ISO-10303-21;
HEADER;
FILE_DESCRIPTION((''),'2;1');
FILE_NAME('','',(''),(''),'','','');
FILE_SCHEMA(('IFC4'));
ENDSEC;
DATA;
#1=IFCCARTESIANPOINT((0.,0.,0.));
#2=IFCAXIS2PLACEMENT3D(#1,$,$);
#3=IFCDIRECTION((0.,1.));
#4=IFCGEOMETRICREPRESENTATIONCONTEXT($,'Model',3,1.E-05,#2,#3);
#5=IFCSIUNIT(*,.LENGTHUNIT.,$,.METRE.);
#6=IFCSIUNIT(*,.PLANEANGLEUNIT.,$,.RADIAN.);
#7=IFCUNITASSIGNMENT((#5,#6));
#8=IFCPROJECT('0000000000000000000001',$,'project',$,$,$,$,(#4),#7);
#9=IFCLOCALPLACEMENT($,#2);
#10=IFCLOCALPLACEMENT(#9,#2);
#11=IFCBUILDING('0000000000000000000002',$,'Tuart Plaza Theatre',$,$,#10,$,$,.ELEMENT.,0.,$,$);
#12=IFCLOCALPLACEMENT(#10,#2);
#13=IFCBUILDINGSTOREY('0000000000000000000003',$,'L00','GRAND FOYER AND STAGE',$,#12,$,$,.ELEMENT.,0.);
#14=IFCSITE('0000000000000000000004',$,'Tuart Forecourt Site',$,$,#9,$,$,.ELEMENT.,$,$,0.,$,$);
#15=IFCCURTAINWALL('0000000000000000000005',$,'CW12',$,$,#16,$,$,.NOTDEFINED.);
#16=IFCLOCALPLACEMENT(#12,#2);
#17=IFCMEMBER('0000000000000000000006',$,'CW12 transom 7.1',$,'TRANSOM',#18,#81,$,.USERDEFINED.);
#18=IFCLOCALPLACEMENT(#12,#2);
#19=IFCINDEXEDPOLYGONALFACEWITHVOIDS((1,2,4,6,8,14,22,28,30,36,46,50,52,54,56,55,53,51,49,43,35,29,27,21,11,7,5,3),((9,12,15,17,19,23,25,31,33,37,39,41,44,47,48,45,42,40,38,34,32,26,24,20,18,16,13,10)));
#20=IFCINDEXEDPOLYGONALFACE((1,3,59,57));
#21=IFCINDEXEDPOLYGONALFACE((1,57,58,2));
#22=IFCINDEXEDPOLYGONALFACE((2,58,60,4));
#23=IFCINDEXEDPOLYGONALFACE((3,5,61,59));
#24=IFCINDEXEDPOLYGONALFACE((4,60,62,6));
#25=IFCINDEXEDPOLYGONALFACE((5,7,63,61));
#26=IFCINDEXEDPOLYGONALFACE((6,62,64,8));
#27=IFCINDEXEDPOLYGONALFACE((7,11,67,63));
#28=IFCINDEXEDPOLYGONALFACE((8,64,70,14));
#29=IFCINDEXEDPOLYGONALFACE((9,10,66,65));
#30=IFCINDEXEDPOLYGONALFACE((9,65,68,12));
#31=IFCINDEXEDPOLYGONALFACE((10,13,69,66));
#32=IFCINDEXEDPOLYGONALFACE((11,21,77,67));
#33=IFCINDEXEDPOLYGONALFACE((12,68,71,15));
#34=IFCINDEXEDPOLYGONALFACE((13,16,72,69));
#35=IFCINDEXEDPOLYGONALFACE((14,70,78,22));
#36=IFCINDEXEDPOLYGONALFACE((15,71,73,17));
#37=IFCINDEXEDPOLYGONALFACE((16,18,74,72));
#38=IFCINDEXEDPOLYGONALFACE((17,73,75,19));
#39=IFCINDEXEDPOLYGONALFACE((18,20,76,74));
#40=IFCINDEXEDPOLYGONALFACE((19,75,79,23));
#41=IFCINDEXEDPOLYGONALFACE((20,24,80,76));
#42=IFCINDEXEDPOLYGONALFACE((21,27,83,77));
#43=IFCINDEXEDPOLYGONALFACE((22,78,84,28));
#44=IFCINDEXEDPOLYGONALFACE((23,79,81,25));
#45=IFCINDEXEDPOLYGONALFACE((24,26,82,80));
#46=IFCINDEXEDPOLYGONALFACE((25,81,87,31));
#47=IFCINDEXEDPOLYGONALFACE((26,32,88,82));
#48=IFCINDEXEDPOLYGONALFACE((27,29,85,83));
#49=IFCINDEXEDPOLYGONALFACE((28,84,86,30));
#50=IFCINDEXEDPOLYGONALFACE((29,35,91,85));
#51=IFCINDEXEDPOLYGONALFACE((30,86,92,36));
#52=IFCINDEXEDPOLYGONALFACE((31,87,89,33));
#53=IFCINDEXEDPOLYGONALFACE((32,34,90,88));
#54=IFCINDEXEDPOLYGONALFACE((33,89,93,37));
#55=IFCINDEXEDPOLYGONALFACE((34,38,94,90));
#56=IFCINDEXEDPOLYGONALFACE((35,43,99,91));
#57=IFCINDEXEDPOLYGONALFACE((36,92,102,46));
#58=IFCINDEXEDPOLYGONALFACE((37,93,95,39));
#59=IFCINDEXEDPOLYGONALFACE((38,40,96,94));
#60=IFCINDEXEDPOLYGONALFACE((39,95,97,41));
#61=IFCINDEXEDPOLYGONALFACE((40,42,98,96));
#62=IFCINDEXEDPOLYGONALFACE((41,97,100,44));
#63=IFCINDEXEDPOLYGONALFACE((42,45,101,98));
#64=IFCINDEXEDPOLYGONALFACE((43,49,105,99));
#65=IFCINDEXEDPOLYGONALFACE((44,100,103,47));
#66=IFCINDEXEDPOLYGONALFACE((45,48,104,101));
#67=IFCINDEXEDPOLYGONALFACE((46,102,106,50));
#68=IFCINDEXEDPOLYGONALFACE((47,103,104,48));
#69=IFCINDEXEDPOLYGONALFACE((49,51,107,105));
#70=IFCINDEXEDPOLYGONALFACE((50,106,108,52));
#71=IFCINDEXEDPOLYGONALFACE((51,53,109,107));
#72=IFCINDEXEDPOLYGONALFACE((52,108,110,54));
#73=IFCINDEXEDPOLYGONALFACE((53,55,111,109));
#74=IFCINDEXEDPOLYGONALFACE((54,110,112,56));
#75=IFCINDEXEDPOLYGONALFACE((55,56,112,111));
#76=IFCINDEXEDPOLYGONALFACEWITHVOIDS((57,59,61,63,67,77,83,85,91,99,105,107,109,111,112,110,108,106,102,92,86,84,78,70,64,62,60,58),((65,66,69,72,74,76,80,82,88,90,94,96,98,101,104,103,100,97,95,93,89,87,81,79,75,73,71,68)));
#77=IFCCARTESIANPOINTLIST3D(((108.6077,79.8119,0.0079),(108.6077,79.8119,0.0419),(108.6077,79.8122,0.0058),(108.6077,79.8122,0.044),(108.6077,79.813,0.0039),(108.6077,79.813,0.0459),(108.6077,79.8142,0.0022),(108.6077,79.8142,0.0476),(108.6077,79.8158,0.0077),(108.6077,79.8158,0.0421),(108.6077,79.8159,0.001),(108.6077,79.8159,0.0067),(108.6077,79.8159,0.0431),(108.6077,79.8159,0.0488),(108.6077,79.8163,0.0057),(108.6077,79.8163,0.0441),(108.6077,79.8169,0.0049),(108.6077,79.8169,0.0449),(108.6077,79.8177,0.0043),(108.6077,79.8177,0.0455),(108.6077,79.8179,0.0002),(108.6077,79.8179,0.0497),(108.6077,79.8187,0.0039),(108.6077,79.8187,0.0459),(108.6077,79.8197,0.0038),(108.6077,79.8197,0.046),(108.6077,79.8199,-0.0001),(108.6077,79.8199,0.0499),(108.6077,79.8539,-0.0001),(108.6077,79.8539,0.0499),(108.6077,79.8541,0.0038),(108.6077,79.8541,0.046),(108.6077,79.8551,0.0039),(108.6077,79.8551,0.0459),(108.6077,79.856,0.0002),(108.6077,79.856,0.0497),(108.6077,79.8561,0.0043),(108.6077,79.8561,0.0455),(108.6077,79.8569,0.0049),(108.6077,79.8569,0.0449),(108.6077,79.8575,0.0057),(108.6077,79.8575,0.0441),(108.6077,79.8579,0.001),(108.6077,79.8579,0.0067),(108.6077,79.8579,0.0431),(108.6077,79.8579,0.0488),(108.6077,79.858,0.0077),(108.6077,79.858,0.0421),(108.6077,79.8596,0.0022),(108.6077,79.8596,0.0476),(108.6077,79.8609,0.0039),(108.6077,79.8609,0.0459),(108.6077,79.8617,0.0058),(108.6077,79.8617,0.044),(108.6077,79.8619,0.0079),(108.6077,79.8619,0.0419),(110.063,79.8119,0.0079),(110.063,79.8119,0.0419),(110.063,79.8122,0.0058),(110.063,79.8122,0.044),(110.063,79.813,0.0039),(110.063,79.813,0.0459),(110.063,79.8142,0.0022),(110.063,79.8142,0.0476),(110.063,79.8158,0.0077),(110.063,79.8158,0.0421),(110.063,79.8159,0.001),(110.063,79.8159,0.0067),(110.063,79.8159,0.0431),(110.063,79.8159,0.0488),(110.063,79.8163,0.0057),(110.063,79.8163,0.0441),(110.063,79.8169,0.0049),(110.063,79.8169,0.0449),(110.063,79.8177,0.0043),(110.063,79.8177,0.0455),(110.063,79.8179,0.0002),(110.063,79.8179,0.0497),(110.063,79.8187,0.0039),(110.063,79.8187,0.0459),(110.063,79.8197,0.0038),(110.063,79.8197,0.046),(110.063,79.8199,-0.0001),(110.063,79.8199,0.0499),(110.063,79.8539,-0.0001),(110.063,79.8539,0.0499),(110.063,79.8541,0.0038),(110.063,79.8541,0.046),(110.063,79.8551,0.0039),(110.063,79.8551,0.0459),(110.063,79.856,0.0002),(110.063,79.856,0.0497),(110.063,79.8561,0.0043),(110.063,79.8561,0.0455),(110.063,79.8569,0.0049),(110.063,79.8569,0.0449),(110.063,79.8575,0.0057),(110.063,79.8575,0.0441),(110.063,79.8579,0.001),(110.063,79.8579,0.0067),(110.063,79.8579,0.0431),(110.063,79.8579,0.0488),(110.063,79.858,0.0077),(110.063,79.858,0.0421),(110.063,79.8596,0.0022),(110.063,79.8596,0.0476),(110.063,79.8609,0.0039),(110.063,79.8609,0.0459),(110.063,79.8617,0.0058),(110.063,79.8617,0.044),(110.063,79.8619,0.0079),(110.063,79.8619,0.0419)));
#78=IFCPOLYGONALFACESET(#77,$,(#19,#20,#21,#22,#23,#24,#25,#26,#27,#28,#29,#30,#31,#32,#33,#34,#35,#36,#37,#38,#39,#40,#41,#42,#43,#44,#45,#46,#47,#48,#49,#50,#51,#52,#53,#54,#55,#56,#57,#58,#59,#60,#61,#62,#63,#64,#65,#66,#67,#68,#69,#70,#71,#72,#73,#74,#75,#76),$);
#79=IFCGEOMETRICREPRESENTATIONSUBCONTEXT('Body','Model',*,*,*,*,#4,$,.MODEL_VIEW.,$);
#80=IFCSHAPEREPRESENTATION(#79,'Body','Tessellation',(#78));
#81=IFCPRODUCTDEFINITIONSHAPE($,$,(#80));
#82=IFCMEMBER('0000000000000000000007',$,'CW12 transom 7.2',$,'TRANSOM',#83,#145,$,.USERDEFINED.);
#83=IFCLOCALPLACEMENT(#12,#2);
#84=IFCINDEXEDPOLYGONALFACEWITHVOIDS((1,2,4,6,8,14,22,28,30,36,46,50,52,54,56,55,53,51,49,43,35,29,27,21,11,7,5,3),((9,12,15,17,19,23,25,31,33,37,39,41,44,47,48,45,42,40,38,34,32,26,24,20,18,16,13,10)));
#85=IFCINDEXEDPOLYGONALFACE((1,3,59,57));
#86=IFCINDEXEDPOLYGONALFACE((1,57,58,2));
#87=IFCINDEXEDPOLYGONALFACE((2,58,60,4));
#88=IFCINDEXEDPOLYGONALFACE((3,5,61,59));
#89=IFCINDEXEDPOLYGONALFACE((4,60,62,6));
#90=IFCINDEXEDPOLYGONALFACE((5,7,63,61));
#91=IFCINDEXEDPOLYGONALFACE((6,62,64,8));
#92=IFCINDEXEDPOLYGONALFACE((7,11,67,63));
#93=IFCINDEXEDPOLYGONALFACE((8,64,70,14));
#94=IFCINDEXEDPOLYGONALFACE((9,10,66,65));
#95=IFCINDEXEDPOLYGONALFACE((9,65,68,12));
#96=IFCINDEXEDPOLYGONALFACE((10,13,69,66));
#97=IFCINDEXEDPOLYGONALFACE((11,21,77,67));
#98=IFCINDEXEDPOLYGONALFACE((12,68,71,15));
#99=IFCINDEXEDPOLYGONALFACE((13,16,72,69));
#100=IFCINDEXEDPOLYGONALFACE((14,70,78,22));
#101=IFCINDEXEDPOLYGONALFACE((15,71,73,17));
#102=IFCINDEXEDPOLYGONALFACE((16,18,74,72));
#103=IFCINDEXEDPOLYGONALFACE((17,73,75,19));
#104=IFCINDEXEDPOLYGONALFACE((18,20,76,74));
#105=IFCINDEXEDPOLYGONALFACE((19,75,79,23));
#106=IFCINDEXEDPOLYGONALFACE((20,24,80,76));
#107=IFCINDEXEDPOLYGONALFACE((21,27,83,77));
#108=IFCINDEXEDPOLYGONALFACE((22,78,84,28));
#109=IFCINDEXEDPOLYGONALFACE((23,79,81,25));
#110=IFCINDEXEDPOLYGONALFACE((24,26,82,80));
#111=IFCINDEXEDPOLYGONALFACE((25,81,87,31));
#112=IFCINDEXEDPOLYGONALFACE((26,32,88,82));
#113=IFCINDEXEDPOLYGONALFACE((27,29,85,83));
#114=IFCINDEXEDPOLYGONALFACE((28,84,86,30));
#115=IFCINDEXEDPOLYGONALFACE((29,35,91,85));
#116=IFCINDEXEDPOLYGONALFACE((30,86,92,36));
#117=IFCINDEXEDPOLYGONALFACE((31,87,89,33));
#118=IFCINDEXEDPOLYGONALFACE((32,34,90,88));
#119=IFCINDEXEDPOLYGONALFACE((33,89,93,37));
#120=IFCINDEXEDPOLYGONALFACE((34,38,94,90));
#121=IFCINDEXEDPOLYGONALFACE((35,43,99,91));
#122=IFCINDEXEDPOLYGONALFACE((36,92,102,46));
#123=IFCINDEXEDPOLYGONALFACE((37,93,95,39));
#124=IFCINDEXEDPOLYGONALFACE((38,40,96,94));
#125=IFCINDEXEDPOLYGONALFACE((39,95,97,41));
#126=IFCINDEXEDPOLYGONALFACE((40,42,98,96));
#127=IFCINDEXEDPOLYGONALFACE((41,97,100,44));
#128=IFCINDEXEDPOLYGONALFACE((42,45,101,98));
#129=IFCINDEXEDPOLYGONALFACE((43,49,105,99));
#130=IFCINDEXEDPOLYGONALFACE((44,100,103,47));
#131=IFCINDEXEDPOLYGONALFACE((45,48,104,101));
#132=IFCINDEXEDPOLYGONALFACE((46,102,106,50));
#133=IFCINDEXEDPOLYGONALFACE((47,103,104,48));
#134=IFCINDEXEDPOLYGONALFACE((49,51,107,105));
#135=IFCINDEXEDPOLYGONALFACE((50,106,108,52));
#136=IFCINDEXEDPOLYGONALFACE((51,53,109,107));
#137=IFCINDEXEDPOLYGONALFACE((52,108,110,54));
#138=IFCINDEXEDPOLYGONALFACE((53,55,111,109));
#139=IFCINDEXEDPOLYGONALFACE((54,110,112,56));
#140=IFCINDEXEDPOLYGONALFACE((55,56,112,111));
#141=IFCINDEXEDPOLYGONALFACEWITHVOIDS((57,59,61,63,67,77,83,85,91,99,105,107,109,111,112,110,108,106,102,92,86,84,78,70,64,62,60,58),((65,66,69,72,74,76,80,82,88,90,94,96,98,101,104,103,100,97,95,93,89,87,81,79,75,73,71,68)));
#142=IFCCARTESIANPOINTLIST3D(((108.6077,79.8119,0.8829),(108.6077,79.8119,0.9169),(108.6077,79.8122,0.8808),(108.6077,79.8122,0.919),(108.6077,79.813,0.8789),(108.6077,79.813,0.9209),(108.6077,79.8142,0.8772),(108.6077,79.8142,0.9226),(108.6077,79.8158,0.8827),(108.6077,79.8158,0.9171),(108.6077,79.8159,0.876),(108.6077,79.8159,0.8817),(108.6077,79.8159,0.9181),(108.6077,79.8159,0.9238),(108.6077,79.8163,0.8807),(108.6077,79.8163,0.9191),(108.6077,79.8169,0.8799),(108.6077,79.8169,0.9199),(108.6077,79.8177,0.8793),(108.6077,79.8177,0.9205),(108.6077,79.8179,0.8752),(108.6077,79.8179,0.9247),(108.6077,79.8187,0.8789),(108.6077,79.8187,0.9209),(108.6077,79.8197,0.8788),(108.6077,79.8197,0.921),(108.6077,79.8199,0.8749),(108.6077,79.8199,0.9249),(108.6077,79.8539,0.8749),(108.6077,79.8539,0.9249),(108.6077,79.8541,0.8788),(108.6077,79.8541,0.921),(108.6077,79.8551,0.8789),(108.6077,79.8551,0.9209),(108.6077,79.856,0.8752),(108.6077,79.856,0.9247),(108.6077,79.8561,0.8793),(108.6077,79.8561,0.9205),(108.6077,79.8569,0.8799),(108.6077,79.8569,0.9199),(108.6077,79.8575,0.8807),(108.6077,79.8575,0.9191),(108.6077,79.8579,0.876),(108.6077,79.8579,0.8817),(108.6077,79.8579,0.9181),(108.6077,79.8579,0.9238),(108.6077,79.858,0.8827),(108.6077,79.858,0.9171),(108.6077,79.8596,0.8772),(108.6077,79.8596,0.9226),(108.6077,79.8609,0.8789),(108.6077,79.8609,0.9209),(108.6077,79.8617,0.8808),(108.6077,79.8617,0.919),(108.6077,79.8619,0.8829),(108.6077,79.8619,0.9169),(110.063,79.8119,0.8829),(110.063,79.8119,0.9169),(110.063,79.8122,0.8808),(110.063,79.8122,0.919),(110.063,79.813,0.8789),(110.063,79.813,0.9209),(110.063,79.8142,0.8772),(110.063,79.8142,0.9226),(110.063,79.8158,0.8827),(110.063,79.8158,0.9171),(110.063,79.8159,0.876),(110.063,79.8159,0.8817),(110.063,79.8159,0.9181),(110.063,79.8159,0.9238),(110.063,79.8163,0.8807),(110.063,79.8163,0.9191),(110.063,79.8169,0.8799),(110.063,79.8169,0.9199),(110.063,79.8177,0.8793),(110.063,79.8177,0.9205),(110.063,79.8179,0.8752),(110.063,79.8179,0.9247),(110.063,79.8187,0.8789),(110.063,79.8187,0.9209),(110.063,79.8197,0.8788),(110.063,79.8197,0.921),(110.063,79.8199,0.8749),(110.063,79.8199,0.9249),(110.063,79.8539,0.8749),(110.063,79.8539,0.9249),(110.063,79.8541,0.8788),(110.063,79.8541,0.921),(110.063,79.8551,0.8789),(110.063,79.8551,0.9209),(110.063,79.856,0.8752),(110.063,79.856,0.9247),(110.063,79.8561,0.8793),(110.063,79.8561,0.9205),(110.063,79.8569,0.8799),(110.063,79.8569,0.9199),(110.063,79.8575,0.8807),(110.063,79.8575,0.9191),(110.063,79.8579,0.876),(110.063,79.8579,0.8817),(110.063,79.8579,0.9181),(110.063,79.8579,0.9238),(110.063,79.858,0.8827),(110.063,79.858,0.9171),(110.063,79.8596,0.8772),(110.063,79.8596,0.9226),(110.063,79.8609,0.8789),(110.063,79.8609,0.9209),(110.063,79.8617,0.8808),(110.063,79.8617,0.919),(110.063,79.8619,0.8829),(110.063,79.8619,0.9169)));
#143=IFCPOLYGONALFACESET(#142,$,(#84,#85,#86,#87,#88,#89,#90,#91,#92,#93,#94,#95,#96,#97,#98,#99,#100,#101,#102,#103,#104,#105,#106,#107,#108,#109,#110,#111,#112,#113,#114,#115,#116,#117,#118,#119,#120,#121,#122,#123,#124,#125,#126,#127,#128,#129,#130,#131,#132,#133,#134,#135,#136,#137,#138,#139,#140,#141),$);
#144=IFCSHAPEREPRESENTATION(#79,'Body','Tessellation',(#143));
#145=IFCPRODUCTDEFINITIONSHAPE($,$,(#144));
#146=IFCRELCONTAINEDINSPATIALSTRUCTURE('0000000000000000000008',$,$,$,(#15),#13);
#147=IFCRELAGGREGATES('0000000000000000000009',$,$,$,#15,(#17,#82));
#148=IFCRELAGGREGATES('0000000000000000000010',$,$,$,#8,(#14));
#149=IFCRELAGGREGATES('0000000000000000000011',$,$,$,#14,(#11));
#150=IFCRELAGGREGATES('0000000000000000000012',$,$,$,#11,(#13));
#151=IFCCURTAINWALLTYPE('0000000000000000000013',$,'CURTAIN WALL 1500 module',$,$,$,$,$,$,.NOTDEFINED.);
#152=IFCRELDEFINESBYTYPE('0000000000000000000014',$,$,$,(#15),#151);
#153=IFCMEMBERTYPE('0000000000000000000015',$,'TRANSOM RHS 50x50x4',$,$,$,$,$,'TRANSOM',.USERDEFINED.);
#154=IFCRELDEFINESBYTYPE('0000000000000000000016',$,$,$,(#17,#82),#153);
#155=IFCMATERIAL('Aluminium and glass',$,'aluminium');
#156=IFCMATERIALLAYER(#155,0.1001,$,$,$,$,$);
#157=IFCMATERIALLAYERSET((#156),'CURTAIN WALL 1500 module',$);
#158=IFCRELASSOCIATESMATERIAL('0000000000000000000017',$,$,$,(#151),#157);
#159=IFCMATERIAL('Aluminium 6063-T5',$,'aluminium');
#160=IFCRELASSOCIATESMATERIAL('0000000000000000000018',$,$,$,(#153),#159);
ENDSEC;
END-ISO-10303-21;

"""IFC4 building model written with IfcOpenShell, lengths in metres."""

from ifc_helpers import new_model, si_unit, direction, frame, origin, origin_2d, place, context, subcontext, project, spatial, hollow_rectangle, extrude, material, layer, layer_set, material_profile, profile_set, type_object, element, aggregate, save


model = new_model("IFC4")

# Units and contexts
model_context = context("Model", 3, precision=1e-05, world=origin(), true_north=direction((0.0, 1.0)))
body_context = subcontext(model_context, "Body", "Model", "MODEL_VIEW")
ifc_project = project(units=[si_unit("LENGTHUNIT", "METRE"), si_unit("PLANEANGLEUNIT", "RADIAN")], contexts=[model_context])

# Site, building, storey
site_placement = place(None, origin())
site = spatial("IfcSite", under=ifc_project, at=site_placement, Name="Tuart Forecourt Site", CompositionType="ELEMENT", RefElevation=0.0)
building_placement = place(site_placement, origin())
building = spatial("IfcBuilding", under=site, at=building_placement, Name="Tuart Plaza Theatre", CompositionType="ELEMENT", ElevationOfRefHeight=0.0)
storey_placement = place(building_placement, origin())
storey = spatial("IfcBuildingStorey", under=building, at=storey_placement, Name="L00", Description="GRAND FOYER AND STAGE", CompositionType="ELEMENT", Elevation=0.0)

# Curtain wall, members
ifc_material_1 = material(Name="Aluminium and glass", Category="aluminium")
ifc_layer_1 = layer(ifc_material_1, 0.1001)
ifc_layer_set_1 = layer_set([ifc_layer_1], Name="CURTAIN WALL 1500 module")
curtain_wall_type = type_object("IfcCurtainWallType", Name="CURTAIN WALL 1500 module", PredefinedType="NOTDEFINED", material=ifc_layer_set_1)
curtain_wall_placement = place(storey_placement, origin())
curtain_wall = element("IfcCurtainWall", 1, at=curtain_wall_placement, inside=storey, type_object=curtain_wall_type, Name="CW12", PredefinedType="NOTDEFINED")
ifc_material_2 = material(Name="Aluminium 6063-T5", Category="aluminium")
ifc_material_profile_1 = material_profile(ifc_material_2, hollow_rectangle(XDim=0.05, YDim=0.05, WallThickness=0.0039, InnerFilletRadius=0.0039, OuterFilletRadius=0.0081, at=origin_2d()), Name="RHS 50x50x4")
ifc_profile_set_1 = profile_set([ifc_material_profile_1], Name="Aluminium 6063-T5")
member_type_1 = type_object("IfcMemberType", Name="TRANSOM RHS 50x50x4", ElementType="TRANSOM", PredefinedType="USERDEFINED", material=ifc_profile_set_1)
member_1_placement = place(storey_placement, frame((108.6077, 79.8369, 0.0249), z_axis=(1.0, 0.0, 0.0), x_axis=(0.0, 1.0, 0.0)))
member_1 = element("IfcMember", 2, at=member_1_placement, type_object=member_type_1, Name="CW12 transom 7.1", ObjectType="TRANSOM", PredefinedType="USERDEFINED", context=body_context, shape_type="SweptSolid", body=[
    extrude(hollow_rectangle(XDim=0.05, YDim=0.05, WallThickness=0.0039, InnerFilletRadius=0.0039, OuterFilletRadius=0.0081, at=origin_2d()), origin(), (0.0, 0.0, 1.0), 1.4553),
])
member_2_placement = place(storey_placement, frame((108.6077, 79.8369, 0.8999), z_axis=(1.0, 0.0, 0.0), x_axis=(0.0, 1.0, 0.0)))
member_2 = element("IfcMember", 3, at=member_2_placement, type_object=member_type_1, Name="CW12 transom 7.2", ObjectType="TRANSOM", PredefinedType="USERDEFINED", context=body_context, shape_type="SweptSolid", body=[
    extrude(hollow_rectangle(XDim=0.05, YDim=0.05, WallThickness=0.0039, InnerFilletRadius=0.0039, OuterFilletRadius=0.0081, at=origin_2d()), origin(), (0.0, 0.0, 1.0), 1.4553),
])
aggregate(curtain_wall, [member_1, member_2])

save(model, "model.ifc")
